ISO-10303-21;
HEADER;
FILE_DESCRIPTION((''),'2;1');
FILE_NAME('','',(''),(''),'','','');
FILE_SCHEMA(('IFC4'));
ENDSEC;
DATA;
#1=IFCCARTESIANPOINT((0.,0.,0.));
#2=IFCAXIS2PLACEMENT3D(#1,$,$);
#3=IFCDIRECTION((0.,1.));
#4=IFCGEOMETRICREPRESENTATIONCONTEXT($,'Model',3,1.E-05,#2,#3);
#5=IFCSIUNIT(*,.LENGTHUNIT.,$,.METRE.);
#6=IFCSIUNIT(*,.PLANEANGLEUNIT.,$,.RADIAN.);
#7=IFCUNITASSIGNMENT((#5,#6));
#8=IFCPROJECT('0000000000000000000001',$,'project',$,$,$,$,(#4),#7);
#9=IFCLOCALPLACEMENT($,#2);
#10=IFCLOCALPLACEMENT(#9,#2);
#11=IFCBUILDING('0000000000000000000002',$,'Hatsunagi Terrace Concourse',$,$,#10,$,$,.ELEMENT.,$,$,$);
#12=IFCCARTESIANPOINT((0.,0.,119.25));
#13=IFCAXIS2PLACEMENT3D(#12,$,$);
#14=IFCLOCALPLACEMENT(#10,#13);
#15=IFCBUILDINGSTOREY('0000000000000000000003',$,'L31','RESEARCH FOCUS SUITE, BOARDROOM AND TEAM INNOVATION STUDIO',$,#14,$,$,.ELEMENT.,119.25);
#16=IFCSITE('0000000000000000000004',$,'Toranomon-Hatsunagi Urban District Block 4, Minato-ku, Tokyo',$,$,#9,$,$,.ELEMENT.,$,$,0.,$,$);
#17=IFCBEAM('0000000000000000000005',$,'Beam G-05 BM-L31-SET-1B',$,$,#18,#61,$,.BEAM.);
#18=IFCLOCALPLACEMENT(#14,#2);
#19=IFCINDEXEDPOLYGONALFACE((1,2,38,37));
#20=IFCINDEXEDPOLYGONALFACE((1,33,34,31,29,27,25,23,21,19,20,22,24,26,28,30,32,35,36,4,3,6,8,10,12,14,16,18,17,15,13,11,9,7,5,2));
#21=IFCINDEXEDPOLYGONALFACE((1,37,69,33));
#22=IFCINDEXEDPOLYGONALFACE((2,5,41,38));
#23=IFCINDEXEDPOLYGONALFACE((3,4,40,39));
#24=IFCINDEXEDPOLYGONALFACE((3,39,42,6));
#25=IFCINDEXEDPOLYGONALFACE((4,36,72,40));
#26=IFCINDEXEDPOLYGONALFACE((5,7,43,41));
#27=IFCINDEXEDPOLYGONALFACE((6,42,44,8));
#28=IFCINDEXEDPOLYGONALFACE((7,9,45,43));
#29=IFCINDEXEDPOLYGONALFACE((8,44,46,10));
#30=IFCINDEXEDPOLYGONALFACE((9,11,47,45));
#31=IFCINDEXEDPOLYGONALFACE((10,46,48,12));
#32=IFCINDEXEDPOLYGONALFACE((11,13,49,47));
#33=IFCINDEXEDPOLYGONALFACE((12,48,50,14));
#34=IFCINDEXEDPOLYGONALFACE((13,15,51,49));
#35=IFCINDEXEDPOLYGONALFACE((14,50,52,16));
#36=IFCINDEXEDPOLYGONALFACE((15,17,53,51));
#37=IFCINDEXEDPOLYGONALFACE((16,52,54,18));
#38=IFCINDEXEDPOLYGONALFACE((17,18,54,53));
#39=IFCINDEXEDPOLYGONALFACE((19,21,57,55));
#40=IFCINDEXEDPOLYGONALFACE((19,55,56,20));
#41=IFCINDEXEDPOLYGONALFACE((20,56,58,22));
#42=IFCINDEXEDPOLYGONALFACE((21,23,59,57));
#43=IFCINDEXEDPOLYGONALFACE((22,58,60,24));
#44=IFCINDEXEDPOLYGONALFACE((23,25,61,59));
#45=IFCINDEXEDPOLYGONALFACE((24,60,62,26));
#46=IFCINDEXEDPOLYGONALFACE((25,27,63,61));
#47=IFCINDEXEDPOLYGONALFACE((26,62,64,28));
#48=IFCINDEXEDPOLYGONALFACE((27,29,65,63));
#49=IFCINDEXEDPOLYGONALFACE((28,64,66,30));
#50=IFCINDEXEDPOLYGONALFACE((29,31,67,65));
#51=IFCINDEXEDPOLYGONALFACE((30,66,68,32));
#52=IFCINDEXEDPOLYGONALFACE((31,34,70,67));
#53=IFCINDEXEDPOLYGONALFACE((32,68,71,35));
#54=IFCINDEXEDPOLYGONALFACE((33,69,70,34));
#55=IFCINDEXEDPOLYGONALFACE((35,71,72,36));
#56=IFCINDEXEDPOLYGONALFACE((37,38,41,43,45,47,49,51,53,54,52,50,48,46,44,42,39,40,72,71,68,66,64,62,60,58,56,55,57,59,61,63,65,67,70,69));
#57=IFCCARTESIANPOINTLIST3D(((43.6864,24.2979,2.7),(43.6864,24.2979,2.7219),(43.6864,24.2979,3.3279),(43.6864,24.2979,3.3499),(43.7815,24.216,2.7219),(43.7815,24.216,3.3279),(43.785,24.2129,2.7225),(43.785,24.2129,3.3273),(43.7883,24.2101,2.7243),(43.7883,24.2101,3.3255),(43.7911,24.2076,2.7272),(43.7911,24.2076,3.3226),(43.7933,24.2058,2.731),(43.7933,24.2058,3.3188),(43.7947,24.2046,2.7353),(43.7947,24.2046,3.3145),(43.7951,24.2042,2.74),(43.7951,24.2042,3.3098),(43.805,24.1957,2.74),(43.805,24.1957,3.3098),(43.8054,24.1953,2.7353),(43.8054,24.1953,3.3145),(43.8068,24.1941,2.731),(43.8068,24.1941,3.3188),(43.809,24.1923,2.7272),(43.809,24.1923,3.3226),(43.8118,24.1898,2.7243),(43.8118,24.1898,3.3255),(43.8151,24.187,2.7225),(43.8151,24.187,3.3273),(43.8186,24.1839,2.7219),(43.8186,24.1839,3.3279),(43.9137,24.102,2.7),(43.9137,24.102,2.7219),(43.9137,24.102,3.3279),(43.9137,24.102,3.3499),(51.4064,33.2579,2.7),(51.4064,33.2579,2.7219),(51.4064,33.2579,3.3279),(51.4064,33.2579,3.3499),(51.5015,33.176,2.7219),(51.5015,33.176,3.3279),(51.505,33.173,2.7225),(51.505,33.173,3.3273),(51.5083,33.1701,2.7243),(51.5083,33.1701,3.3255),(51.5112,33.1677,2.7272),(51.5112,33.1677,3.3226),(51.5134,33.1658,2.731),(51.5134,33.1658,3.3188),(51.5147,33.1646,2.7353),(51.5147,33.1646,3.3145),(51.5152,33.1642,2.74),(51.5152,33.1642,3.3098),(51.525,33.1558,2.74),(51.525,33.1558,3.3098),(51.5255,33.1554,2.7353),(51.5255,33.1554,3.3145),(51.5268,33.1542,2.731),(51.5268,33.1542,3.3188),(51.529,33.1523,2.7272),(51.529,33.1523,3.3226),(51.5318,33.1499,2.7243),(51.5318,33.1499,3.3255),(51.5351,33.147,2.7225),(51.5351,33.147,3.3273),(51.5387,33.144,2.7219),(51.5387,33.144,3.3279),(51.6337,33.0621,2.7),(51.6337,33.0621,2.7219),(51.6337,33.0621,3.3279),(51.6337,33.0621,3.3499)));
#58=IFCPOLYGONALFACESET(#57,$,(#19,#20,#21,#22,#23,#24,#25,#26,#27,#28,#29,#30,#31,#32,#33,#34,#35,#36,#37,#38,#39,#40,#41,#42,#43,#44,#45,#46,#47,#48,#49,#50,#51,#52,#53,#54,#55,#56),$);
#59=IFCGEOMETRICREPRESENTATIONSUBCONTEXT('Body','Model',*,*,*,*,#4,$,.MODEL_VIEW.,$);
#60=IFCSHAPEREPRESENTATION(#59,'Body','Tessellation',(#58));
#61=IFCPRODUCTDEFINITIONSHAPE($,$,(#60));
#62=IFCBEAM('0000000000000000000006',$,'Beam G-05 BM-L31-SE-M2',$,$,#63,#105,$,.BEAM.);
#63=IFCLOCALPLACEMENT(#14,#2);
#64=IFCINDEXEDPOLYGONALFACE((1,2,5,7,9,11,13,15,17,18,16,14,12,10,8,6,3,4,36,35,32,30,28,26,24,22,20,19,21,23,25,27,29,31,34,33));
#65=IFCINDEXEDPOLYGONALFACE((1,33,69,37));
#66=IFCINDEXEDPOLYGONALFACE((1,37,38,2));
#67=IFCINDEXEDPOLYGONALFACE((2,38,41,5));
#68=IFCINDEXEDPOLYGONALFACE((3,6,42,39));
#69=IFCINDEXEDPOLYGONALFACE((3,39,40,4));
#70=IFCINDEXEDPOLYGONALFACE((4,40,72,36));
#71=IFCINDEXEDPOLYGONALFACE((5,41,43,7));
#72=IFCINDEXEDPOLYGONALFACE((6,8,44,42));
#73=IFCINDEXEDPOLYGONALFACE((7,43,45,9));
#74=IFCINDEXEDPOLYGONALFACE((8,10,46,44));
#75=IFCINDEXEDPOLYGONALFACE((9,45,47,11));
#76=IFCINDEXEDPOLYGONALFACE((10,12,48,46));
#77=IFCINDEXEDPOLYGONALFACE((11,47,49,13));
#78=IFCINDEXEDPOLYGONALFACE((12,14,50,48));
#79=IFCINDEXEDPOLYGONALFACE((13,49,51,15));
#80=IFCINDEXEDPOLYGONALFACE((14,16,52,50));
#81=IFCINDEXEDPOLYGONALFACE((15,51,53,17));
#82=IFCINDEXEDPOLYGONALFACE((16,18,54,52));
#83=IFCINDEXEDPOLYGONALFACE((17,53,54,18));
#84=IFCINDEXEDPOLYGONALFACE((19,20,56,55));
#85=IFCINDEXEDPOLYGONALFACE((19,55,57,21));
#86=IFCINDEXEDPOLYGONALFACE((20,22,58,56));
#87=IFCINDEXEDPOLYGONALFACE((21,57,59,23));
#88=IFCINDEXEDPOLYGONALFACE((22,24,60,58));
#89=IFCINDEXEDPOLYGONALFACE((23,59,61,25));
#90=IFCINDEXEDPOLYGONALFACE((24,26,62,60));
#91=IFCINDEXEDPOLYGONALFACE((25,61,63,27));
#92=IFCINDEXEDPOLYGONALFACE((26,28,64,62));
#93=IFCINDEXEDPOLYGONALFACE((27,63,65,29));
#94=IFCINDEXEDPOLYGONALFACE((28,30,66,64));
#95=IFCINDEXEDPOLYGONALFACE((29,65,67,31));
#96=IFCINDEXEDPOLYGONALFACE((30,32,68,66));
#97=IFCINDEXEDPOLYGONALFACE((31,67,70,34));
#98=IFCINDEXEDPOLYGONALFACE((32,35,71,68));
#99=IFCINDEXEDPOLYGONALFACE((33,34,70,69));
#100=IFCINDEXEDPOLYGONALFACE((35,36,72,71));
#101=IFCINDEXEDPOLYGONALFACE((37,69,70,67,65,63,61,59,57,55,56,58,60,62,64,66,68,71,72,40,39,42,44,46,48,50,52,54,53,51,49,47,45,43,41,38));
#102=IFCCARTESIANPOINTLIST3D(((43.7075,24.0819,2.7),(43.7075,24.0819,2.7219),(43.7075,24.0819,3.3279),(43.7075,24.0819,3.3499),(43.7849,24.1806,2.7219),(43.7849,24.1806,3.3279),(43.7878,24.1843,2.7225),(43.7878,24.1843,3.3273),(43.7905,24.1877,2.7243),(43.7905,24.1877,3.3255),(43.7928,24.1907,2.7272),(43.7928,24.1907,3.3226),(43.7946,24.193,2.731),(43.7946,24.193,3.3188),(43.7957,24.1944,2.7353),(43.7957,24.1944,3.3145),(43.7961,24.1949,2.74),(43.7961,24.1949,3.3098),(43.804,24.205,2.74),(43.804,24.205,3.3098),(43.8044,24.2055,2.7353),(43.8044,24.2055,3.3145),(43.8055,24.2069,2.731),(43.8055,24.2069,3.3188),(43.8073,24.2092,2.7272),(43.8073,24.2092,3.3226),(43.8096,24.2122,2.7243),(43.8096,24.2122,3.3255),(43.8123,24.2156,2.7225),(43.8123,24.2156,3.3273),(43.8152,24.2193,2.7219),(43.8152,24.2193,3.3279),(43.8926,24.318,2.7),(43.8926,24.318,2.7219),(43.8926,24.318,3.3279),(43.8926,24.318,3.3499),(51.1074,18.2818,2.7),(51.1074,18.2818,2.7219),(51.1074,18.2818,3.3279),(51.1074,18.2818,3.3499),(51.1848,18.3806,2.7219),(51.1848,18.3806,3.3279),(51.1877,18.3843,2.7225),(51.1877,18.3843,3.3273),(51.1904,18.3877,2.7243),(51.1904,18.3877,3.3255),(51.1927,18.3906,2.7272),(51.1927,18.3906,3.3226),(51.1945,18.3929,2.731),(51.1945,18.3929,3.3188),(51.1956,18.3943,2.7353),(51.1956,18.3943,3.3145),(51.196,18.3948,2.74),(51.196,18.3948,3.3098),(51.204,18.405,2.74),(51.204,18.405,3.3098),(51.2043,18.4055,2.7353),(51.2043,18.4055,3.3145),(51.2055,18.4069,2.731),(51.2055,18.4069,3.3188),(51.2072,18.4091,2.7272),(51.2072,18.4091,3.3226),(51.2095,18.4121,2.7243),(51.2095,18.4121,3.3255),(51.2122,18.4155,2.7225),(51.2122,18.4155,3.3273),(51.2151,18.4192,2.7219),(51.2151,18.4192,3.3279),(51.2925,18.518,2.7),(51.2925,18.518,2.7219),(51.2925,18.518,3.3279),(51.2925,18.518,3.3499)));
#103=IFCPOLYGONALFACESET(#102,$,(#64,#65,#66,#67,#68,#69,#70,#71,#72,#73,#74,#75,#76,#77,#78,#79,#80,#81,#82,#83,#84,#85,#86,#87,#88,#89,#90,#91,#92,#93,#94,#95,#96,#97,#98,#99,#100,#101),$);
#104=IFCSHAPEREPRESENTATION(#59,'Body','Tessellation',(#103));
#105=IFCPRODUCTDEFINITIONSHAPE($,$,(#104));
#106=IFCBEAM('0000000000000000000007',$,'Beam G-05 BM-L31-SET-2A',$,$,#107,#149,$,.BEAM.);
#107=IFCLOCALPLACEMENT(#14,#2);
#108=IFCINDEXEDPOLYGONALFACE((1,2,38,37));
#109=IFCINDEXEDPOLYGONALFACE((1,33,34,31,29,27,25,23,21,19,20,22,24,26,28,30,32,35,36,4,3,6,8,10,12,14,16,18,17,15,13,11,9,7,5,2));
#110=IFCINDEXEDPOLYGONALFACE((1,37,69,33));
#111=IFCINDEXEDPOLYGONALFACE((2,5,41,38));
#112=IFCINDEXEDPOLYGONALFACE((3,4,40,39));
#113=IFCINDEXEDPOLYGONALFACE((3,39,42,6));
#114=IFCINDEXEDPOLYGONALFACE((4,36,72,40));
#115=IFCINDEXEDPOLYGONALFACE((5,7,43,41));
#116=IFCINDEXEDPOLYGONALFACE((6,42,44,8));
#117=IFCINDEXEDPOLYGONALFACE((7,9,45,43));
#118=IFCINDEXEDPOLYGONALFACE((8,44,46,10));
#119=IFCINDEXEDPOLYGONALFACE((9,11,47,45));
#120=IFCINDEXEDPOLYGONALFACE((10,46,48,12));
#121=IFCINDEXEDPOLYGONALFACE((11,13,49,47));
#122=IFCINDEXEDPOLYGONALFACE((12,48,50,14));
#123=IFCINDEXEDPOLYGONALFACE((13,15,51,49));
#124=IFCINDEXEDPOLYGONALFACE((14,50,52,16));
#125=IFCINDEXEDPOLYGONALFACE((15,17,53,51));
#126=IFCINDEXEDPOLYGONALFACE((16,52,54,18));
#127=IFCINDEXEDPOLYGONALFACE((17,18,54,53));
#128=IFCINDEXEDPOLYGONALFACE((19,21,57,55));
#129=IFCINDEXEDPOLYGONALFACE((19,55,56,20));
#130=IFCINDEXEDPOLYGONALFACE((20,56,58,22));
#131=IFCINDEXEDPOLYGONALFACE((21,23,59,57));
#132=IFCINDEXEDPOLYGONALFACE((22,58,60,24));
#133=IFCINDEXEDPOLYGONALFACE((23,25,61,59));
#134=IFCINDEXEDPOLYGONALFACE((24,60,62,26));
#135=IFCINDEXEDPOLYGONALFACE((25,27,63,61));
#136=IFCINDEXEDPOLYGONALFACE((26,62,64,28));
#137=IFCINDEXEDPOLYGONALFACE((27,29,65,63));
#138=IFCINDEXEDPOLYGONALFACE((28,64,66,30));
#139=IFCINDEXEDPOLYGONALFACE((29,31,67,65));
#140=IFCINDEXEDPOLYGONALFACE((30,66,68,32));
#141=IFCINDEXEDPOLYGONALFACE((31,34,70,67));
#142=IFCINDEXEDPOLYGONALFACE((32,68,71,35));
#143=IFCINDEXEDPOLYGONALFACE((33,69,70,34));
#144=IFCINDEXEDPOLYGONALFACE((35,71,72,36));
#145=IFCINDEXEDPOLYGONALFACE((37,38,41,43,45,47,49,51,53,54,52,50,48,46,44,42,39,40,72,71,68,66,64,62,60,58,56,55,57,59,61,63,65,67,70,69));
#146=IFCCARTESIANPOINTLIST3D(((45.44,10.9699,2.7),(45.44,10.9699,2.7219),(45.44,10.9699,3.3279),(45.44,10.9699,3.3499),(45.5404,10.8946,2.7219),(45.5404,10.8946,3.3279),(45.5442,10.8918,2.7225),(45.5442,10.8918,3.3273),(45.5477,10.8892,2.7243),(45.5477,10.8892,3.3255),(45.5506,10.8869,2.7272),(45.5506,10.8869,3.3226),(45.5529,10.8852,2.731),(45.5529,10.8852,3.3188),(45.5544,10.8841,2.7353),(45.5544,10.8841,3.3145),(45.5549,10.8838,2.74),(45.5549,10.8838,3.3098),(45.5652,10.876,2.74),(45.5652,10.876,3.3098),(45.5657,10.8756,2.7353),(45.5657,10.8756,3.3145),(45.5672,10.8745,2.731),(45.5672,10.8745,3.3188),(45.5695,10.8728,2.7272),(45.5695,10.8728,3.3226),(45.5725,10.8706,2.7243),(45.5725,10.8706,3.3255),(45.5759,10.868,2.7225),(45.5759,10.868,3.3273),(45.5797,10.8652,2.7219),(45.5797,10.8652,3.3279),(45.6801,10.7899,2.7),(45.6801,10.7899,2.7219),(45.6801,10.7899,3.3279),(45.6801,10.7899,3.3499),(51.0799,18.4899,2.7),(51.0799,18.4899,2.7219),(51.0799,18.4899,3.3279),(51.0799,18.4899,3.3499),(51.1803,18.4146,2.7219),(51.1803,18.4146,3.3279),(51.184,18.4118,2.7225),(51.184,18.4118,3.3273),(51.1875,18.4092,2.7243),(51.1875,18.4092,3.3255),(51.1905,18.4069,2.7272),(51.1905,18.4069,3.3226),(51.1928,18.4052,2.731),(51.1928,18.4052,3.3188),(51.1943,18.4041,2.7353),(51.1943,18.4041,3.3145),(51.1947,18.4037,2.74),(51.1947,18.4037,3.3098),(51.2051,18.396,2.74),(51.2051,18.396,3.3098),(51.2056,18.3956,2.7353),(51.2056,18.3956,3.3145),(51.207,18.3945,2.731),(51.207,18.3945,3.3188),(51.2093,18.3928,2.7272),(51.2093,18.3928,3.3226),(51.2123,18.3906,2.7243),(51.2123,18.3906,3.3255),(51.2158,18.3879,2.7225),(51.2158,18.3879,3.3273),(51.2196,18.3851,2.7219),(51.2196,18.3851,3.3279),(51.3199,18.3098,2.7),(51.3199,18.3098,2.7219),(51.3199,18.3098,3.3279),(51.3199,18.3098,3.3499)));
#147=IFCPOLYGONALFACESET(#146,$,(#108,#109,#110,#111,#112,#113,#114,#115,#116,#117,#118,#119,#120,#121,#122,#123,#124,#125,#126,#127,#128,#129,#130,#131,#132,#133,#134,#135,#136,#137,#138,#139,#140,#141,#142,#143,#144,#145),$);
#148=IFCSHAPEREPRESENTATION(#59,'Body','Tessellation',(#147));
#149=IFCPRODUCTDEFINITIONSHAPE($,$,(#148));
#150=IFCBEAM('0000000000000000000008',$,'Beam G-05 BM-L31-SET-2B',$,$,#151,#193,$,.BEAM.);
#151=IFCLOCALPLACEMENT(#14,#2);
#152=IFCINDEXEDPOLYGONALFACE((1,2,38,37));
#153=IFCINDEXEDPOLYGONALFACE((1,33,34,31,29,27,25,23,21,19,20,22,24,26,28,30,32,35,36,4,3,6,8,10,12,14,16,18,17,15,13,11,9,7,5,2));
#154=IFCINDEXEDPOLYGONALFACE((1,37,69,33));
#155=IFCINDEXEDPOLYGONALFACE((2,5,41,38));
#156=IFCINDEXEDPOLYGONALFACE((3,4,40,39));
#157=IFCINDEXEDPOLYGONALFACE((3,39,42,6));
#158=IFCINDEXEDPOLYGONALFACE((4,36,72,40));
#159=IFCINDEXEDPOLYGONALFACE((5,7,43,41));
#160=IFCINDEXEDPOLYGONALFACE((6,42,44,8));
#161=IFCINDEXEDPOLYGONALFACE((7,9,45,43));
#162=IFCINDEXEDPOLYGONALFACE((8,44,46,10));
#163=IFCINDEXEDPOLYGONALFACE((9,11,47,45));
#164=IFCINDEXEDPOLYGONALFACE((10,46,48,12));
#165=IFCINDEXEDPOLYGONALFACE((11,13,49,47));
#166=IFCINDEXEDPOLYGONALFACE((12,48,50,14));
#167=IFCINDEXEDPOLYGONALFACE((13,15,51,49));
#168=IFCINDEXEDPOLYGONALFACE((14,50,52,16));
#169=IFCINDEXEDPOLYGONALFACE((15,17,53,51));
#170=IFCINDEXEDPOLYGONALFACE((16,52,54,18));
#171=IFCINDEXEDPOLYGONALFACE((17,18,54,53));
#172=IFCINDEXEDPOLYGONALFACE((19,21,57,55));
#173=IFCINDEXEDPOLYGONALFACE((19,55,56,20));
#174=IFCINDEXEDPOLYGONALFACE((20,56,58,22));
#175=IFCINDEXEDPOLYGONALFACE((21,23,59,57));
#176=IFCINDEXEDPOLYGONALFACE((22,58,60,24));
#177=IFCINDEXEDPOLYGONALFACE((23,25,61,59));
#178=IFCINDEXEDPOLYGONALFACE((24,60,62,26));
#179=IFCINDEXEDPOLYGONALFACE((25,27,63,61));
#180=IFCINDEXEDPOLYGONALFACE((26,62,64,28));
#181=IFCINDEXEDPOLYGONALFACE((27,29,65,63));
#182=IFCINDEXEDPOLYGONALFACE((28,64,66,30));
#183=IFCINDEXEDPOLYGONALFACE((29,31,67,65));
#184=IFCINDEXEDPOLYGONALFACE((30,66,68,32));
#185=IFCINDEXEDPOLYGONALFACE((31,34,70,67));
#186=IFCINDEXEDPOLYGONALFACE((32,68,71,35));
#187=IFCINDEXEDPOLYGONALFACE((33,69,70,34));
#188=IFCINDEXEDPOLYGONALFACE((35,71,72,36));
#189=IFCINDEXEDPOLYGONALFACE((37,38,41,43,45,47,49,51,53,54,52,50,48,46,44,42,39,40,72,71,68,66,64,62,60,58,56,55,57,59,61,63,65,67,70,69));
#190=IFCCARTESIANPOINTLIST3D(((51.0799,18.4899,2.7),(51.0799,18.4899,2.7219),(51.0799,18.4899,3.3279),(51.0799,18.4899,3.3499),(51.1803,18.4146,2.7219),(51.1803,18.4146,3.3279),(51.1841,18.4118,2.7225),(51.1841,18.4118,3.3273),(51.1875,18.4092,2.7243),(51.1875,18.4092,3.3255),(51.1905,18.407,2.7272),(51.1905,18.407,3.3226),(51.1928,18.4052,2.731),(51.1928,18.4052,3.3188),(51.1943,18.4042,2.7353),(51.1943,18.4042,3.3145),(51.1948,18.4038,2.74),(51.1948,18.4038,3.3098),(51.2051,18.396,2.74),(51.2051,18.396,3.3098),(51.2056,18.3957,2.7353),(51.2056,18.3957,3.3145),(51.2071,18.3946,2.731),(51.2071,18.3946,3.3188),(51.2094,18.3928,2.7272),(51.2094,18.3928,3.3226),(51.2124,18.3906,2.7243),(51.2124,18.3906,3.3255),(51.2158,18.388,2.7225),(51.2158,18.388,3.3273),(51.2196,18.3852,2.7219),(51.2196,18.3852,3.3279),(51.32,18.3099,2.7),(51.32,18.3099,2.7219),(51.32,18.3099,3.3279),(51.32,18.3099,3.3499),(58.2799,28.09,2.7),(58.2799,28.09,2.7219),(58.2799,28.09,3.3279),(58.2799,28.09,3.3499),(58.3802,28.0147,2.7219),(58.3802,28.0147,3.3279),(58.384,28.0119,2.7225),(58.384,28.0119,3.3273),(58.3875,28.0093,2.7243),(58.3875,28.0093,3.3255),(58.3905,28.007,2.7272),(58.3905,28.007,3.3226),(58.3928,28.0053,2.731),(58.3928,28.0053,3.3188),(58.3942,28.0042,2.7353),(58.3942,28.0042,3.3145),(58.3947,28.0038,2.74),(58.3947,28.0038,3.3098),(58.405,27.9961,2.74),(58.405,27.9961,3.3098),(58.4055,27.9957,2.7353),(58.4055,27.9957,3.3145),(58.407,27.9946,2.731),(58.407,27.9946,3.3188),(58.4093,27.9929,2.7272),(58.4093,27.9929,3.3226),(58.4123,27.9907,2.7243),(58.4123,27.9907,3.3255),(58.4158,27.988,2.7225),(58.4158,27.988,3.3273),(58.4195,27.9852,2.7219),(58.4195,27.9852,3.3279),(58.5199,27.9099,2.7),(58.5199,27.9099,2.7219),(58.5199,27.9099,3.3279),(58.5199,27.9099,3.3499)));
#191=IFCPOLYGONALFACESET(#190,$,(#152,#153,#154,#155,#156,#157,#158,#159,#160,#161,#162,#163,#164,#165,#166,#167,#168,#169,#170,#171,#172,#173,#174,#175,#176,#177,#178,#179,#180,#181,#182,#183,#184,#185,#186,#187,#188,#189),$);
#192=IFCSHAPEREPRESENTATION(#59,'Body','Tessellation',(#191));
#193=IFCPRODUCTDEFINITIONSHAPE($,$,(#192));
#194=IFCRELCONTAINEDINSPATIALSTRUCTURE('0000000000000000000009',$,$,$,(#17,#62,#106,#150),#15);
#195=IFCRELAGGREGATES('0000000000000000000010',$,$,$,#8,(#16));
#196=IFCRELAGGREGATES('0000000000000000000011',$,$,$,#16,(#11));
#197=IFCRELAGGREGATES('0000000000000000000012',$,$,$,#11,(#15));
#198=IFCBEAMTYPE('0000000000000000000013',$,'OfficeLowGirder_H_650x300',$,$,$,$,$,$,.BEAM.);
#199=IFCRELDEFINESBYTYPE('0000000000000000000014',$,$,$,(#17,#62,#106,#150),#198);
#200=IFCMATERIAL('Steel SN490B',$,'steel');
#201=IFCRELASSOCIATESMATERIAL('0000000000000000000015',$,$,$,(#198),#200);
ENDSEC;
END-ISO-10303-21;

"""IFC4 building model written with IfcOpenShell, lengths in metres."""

from ifc_helpers import new_model, si_unit, direction, frame, origin, origin_2d, place, context, subcontext, project, spatial, i_section, extrude, material, material_profile, profile_set, type_object, element, save


model = new_model("IFC4")

# Units and contexts
model_context = context("Model", 3, precision=1e-05, world=origin(), true_north=direction((0.0, 1.0)))
body_context = subcontext(model_context, "Body", "Model", "MODEL_VIEW")
ifc_project = project(units=[si_unit("LENGTHUNIT", "METRE"), si_unit("PLANEANGLEUNIT", "RADIAN")], contexts=[model_context])

# Site, building, storey
site_placement = place(None, origin())
site = spatial("IfcSite", under=ifc_project, at=site_placement, Name="Toranomon-Hatsunagi Urban District Block 4, Minato-ku, Tokyo", CompositionType="ELEMENT", RefElevation=0.0)
building_placement = place(site_placement, origin())
building = spatial("IfcBuilding", under=site, at=building_placement, Name="Hatsunagi Terrace Concourse", CompositionType="ELEMENT")
storey_placement = place(building_placement, frame((0.0, 0.0, 119.25)))
storey = spatial("IfcBuildingStorey", under=building, at=storey_placement, Name="L31", Description="RESEARCH FOCUS SUITE, BOARDROOM AND TEAM INNOVATION STUDIO", CompositionType="ELEMENT", Elevation=119.25)

# Beams
ifc_material_1 = material(Name="Steel SN490B", Category="steel")
ifc_material_profile_1 = material_profile(ifc_material_1, i_section(OverallWidth=0.3, OverallDepth=0.6499, WebThickness=0.0129, FlangeThickness=0.022, FilletRadius=0.0181, at=origin_2d()), Name="H-650x300x13x22")
ifc_profile_set_1 = profile_set([ifc_material_profile_1], Name="Steel SN490B")
beam_type_1 = type_object("IfcBeamType", Name="OfficeLowGirder_H_650x300", PredefinedType="BEAM", material=ifc_profile_set_1)
beam_1_placement = place(storey_placement, frame((43.8, 24.2, 3.0249), z_axis=(0.652739, 0.757583, 0.0), x_axis=(-0.757583, 0.652739, 0.0)))
element("IfcBeam", 1, at=beam_1_placement, inside=storey, type_object=beam_type_1, Name="Beam G-05 BM-L31-SET-1B", PredefinedType="BEAM", context=body_context, shape_type="SweptSolid", body=[
    extrude(i_section(OverallWidth=0.3, OverallDepth=0.6499, WebThickness=0.0129, FlangeThickness=0.022, FilletRadius=0.0181, at=origin_2d()), origin(), (0.0, 0.0, 1.0), 11.8271),
])
beam_2_placement = place(storey_placement, frame((43.8, 24.2, 3.0249), z_axis=(0.787049, -0.61689, 0.0), x_axis=(0.61689, 0.787049, 0.0)))
element("IfcBeam", 2, at=beam_2_placement, inside=storey, type_object=beam_type_1, Name="Beam G-05 BM-L31-SE-M2", PredefinedType="BEAM", context=body_context, shape_type="SweptSolid", body=[
    extrude(i_section(OverallWidth=0.3, OverallDepth=0.6499, WebThickness=0.0129, FlangeThickness=0.022, FilletRadius=0.0181, at=origin_2d()), origin(), (0.0, 0.0, 1.0), 9.4021),
])
beam_3_placement = place(storey_placement, frame((45.5601, 10.8799, 3.0249), z_axis=(0.599992, 0.800006, 0.0), x_axis=(-0.800006, 0.599992, 0.0)))
element("IfcBeam", 3, at=beam_3_placement, inside=storey, type_object=beam_type_1, Name="Beam G-05 BM-L31-SET-2A", PredefinedType="BEAM", context=body_context, shape_type="SweptSolid", body=[
    extrude(i_section(OverallWidth=0.3, OverallDepth=0.6499, WebThickness=0.0129, FlangeThickness=0.022, FilletRadius=0.0181, at=origin_2d()), origin(), (0.0, 0.0, 1.0), 9.3999),
])
beam_4_placement = place(storey_placement, frame((51.2, 18.3999, 3.0249), z_axis=(0.599993, 0.800005, 0.0), x_axis=(-0.800005, 0.599993, 0.0)))
element("IfcBeam", 4, at=beam_4_placement, inside=storey, type_object=beam_type_1, Name="Beam G-05 BM-L31-SET-2B", PredefinedType="BEAM", context=body_context, shape_type="SweptSolid", body=[
    extrude(i_section(OverallWidth=0.3, OverallDepth=0.6499, WebThickness=0.0129, FlangeThickness=0.022, FilletRadius=0.0181, at=origin_2d()), origin(), (0.0, 0.0, 1.0), 12.0),
])

save(model, "model.ifc")
